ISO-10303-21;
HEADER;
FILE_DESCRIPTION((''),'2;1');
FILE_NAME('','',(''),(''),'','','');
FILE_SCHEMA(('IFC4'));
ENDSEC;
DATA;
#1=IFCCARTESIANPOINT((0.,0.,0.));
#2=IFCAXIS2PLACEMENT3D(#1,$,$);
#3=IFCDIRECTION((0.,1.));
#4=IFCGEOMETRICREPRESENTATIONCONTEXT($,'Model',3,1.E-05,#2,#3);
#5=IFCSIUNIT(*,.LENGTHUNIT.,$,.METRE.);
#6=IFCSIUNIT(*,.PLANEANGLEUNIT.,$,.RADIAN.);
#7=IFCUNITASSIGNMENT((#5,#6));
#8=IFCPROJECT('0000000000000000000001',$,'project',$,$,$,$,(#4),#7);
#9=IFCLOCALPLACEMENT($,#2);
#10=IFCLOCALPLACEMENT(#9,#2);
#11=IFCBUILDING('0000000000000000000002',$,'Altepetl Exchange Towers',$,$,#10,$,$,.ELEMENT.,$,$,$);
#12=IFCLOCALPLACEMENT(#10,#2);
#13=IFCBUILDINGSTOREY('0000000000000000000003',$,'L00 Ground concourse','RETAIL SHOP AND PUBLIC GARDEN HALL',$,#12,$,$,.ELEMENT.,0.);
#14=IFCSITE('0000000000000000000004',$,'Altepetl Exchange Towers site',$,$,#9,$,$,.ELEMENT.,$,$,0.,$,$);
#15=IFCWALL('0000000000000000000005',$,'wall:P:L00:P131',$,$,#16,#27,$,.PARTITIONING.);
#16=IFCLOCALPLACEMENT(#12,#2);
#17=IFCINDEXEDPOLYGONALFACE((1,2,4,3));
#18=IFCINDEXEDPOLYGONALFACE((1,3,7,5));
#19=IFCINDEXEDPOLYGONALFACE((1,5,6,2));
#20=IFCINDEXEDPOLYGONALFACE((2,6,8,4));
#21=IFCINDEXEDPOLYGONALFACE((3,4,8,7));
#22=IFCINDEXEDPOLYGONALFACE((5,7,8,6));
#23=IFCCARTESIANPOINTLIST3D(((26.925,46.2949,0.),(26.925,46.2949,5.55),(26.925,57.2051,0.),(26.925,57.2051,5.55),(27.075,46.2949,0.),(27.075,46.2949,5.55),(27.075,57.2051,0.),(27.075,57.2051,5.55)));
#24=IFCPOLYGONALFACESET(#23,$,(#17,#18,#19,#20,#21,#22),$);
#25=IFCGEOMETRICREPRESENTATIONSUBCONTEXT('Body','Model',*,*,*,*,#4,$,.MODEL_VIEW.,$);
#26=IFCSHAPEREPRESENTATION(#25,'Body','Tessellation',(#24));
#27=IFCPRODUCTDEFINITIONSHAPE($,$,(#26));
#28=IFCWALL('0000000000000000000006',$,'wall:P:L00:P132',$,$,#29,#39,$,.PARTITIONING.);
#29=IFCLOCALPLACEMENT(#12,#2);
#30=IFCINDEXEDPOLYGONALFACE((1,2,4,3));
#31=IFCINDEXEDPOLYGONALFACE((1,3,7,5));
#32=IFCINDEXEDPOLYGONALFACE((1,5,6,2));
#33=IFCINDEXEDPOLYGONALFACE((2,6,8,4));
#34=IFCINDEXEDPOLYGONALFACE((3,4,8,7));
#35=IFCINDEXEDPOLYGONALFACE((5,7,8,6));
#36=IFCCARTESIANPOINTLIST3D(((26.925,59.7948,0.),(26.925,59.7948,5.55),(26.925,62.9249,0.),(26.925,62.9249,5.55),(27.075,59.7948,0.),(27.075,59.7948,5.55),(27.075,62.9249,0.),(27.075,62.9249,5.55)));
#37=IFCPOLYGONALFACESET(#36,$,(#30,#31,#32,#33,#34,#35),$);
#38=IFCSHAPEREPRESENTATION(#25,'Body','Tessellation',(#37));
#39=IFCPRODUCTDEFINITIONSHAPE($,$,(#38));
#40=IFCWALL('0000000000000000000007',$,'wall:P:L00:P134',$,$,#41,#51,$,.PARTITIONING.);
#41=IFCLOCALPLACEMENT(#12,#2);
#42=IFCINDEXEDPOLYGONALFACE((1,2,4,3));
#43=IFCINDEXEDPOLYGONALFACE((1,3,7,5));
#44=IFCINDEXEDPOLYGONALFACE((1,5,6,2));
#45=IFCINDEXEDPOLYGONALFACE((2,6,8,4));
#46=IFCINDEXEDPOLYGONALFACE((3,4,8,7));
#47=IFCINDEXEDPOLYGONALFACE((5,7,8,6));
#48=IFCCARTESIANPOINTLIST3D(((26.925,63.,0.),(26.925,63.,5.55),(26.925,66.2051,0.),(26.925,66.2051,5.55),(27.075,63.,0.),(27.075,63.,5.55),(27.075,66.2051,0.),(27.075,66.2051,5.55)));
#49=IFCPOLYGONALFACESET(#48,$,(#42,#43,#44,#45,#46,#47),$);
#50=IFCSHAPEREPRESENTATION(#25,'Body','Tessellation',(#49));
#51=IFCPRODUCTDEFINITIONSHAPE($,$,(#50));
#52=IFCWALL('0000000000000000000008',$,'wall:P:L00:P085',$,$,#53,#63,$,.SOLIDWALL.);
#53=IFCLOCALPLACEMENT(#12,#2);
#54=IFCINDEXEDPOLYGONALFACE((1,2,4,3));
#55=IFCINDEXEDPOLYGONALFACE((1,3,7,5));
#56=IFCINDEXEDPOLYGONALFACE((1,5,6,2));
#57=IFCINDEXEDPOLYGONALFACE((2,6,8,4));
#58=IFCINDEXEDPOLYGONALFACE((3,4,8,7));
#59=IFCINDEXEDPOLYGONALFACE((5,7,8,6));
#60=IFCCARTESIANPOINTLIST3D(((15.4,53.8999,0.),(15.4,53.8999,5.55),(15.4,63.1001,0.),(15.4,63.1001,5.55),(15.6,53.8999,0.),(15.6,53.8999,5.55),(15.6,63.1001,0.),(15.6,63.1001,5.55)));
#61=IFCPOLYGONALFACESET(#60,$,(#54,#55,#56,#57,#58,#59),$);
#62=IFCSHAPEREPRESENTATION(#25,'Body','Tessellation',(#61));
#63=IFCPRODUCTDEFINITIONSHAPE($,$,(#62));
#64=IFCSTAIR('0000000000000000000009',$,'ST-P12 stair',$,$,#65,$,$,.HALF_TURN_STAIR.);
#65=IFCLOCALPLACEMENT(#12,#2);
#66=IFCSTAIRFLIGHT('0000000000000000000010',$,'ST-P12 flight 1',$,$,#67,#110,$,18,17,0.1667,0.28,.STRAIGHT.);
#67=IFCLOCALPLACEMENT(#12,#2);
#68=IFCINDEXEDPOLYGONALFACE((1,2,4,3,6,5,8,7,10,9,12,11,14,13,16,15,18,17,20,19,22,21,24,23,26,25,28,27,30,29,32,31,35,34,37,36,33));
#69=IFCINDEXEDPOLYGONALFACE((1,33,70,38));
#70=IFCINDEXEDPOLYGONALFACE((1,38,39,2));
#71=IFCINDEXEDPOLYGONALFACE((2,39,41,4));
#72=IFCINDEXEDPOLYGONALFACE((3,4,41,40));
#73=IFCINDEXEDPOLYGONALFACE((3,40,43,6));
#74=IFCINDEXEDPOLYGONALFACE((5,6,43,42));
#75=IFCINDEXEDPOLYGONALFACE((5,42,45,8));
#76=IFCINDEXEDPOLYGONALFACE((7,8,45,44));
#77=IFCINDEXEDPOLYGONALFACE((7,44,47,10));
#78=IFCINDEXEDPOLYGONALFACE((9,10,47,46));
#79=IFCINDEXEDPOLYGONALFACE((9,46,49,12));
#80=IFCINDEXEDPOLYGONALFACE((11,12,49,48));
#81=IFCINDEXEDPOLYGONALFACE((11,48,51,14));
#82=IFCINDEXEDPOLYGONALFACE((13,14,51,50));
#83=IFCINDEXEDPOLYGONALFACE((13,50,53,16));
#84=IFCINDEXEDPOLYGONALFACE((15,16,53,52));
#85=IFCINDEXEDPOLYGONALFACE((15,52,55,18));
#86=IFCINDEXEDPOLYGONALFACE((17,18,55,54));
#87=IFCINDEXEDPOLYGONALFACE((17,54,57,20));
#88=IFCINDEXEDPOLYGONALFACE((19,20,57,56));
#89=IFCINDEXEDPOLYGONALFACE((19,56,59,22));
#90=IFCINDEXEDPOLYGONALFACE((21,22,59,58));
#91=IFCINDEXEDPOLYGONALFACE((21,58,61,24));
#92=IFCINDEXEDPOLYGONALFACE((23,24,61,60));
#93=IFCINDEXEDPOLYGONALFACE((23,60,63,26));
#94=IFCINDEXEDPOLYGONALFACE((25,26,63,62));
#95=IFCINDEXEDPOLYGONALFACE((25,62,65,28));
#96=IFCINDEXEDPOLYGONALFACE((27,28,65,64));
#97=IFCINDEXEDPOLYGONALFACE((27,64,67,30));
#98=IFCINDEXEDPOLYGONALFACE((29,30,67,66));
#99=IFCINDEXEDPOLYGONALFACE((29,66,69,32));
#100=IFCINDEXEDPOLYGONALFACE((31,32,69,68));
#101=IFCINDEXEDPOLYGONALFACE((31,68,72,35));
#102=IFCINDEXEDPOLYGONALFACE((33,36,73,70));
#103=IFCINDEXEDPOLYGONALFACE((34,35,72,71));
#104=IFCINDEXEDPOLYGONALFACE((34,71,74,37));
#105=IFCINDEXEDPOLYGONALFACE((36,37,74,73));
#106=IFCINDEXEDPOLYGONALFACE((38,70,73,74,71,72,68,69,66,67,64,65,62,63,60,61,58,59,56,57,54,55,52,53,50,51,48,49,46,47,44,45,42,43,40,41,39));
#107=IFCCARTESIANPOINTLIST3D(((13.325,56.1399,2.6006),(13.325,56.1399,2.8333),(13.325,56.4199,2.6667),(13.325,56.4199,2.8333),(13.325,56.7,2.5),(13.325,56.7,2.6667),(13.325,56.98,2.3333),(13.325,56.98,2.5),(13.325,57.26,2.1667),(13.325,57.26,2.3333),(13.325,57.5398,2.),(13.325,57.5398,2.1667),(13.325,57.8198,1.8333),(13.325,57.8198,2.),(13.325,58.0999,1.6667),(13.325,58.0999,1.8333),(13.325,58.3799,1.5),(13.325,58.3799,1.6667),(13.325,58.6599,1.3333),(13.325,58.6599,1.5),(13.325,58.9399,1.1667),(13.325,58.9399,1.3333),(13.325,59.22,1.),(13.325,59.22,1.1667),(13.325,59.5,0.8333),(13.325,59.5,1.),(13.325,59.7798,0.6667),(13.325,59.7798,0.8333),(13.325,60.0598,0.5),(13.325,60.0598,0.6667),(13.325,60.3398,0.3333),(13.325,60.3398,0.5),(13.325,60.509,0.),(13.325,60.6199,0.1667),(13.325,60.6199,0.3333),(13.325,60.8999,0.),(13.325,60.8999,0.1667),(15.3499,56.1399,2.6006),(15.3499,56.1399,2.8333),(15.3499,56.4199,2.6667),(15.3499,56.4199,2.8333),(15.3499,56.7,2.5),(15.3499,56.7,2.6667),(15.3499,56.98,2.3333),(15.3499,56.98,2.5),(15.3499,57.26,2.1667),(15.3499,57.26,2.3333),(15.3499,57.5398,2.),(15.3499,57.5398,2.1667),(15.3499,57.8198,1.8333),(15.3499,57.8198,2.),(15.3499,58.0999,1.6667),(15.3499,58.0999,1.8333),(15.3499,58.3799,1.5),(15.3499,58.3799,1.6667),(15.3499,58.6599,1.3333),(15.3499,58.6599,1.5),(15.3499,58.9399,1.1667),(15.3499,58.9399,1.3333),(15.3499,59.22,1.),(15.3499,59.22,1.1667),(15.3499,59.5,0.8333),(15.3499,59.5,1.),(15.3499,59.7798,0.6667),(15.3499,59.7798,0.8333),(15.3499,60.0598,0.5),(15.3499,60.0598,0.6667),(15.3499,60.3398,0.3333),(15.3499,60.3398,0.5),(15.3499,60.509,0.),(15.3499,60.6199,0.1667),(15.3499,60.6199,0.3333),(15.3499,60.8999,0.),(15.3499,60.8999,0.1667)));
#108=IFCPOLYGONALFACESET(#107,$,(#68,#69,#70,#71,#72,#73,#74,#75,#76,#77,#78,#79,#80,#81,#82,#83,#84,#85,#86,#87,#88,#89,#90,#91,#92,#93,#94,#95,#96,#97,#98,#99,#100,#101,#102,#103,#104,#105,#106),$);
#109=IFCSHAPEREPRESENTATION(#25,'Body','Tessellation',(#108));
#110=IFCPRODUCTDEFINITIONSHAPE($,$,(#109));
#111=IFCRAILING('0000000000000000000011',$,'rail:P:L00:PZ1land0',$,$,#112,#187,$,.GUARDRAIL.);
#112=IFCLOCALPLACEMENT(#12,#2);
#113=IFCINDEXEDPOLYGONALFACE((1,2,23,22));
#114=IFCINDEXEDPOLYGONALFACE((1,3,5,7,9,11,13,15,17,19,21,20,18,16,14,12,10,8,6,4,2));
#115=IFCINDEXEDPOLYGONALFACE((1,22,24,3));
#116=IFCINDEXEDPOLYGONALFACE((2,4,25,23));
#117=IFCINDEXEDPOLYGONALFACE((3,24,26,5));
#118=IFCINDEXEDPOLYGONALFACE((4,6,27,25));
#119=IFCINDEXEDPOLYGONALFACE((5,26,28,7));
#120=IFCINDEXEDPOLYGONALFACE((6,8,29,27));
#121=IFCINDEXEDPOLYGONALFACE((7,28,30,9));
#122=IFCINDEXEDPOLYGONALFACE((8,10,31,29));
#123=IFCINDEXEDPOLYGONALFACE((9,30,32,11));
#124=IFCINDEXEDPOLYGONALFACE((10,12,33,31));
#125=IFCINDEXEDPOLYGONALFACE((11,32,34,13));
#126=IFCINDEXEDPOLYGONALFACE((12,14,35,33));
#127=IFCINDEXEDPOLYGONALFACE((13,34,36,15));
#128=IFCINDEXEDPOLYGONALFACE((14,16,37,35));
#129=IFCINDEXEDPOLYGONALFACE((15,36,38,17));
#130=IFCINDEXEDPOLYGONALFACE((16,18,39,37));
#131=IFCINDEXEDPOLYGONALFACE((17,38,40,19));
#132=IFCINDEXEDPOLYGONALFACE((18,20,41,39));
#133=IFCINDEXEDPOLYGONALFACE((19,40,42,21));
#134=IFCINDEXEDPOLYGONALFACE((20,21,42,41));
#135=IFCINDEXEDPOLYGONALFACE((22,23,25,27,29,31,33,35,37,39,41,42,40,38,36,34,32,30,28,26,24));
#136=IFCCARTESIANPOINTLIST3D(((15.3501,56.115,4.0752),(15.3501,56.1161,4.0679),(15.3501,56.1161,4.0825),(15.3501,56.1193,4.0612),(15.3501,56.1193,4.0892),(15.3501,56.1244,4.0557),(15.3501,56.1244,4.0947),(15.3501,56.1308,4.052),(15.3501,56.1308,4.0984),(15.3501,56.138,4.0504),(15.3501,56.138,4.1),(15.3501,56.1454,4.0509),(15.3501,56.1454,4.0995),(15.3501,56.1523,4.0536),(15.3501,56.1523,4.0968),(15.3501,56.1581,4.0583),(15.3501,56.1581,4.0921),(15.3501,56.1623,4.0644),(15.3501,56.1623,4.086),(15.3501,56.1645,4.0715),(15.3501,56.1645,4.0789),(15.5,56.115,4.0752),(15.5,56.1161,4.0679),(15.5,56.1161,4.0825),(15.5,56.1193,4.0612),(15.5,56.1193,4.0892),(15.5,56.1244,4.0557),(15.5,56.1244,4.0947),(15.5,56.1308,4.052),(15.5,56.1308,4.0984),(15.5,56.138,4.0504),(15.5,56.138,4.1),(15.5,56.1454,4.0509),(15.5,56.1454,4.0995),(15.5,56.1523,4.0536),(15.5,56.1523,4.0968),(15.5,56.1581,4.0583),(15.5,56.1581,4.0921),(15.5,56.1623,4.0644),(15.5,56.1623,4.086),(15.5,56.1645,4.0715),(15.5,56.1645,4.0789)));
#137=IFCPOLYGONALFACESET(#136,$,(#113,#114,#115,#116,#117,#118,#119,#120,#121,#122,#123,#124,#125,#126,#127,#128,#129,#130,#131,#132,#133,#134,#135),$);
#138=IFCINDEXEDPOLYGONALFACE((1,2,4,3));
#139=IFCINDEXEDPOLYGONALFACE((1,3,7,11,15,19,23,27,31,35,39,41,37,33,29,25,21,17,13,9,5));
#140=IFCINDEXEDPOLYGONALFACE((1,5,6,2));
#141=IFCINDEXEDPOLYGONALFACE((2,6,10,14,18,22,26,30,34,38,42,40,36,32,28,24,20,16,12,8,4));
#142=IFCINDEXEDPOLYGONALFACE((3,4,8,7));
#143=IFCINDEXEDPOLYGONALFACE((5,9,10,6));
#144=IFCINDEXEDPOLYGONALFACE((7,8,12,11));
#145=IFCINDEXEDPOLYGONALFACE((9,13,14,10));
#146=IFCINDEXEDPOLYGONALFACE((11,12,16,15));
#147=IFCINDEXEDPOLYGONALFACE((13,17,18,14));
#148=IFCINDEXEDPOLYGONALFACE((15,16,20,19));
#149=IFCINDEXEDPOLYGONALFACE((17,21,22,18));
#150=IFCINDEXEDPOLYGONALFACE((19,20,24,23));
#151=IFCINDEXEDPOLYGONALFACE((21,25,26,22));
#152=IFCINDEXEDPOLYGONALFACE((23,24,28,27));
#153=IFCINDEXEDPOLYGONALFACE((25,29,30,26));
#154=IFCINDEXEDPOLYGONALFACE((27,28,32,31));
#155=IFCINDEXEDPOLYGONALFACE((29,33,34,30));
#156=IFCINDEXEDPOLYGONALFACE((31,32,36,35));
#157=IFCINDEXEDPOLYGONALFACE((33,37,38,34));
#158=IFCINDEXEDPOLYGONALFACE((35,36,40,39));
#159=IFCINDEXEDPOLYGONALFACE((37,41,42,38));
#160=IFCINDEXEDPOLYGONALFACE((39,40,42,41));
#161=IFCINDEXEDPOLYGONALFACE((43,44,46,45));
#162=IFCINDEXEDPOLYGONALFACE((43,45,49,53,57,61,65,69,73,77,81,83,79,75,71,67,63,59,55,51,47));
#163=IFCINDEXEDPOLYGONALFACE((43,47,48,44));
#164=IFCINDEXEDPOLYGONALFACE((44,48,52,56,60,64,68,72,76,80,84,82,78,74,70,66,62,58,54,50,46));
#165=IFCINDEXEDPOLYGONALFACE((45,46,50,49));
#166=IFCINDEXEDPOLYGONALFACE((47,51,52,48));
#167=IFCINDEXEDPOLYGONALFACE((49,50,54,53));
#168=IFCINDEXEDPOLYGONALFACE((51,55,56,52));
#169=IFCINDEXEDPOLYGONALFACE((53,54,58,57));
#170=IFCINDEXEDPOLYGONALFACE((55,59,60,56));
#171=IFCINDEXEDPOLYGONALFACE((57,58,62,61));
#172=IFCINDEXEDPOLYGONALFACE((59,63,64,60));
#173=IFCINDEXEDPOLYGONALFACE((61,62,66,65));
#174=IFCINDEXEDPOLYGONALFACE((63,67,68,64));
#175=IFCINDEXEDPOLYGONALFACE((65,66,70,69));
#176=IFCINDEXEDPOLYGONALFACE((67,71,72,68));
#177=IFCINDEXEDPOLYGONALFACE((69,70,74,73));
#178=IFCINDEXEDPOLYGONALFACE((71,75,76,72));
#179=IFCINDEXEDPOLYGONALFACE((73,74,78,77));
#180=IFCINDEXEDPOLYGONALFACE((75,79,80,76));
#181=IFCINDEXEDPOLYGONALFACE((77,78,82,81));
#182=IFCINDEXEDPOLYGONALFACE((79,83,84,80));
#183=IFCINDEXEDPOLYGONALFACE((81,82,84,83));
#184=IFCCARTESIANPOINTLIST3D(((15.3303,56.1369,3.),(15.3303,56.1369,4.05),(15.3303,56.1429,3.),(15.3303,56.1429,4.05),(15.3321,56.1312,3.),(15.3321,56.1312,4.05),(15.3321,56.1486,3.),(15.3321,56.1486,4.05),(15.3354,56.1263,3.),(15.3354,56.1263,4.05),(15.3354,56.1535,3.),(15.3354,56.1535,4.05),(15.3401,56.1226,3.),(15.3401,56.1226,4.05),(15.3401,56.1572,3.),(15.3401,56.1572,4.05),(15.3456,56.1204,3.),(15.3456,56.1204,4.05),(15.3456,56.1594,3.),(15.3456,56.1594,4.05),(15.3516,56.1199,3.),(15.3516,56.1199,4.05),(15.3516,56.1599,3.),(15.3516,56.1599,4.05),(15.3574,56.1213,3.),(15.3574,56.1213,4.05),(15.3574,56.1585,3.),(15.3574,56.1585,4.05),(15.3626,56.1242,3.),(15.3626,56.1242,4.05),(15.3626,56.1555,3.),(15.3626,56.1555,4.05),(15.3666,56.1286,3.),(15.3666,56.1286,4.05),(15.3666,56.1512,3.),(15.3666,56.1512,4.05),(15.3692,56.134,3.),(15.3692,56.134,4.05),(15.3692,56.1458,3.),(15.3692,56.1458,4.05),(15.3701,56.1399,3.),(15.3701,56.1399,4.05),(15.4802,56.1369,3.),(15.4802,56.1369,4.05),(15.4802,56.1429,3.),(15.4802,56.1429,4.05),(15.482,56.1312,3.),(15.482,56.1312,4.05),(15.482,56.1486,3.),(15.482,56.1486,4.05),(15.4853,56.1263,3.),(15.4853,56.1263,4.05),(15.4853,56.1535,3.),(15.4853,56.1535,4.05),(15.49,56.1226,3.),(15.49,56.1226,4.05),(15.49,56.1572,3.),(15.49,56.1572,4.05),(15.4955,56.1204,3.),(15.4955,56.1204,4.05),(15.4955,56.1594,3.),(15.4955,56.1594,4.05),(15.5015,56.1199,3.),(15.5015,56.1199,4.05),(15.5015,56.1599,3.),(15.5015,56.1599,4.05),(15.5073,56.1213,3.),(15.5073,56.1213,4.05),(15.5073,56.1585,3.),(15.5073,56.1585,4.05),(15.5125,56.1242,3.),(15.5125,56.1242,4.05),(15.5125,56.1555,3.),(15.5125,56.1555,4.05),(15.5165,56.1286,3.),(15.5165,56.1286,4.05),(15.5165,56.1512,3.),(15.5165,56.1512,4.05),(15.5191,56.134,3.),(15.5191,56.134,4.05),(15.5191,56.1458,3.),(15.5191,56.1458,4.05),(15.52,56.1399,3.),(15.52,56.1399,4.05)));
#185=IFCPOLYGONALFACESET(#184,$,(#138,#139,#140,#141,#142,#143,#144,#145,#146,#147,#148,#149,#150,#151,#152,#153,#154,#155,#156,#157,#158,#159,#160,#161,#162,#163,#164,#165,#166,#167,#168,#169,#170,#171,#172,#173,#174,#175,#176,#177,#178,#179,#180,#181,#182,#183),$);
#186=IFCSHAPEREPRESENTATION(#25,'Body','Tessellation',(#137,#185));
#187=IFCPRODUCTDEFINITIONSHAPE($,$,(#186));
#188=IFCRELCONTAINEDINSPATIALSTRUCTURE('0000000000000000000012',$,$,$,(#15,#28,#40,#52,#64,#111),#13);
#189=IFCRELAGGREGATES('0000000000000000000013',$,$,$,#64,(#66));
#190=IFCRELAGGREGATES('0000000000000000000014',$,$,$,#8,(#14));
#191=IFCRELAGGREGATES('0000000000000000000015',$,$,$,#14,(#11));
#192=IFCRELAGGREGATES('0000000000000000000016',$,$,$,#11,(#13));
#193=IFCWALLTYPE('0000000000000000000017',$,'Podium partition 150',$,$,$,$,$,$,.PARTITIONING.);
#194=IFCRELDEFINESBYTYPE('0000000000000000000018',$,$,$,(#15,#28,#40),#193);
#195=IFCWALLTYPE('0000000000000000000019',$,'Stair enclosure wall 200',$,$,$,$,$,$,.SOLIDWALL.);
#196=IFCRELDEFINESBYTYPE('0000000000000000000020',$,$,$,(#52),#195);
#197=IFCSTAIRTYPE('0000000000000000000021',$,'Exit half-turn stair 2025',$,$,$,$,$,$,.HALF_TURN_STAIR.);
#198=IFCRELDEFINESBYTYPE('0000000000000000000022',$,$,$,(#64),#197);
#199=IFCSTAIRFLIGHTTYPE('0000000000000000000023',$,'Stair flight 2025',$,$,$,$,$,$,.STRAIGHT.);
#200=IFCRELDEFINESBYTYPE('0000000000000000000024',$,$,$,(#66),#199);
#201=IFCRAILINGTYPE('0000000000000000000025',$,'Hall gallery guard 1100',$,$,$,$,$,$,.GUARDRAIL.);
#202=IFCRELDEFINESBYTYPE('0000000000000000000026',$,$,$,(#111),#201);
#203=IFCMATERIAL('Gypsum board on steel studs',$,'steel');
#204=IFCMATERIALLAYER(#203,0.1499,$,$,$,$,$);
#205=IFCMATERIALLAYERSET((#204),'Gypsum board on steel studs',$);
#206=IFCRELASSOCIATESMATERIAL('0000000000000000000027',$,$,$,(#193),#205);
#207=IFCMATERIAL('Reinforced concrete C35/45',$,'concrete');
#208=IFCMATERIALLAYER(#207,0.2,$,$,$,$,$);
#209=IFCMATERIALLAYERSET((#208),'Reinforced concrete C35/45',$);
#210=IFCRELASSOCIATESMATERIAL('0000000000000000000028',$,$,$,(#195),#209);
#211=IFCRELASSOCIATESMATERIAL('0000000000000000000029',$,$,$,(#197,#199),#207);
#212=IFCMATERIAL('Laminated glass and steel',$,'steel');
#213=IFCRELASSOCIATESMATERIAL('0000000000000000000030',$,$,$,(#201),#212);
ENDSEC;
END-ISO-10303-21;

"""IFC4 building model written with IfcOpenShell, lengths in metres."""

from ifc_helpers import new_model, si_unit, direction, frame, frame_2d, origin, origin_2d, place, context, subcontext, project, spatial, polyline, rectangle, circle, outline, extrude, source, transform, mapped, material, layer, layer_set, type_object, element, aggregate, save


model = new_model("IFC4")

# Units and contexts
model_context = context("Model", 3, precision=1e-05, world=origin(), true_north=direction((0.0, 1.0)))
body_context = subcontext(model_context, "Body", "Model", "MODEL_VIEW")
ifc_project = project(units=[si_unit("LENGTHUNIT", "METRE"), si_unit("PLANEANGLEUNIT", "RADIAN")], contexts=[model_context])

# Site, building, storey
site_placement = place(None, origin())
site = spatial("IfcSite", under=ifc_project, at=site_placement, Name="Altepetl Exchange Towers site", CompositionType="ELEMENT", RefElevation=0.0)
building_placement = place(site_placement, origin())
building = spatial("IfcBuilding", under=site, at=building_placement, Name="Altepetl Exchange Towers", CompositionType="ELEMENT")
storey_placement = place(building_placement, origin())
storey = spatial("IfcBuildingStorey", under=building, at=storey_placement, Name="L00 Ground concourse", Description="RETAIL SHOP AND PUBLIC GARDEN HALL", CompositionType="ELEMENT", Elevation=0.0)

# Shared definitions
ifc_material_1 = material(Name="Reinforced concrete C35/45", Category="concrete")

# Shared definitions
ifc_material_2 = material(Name="Gypsum board on steel studs", Category="steel")
ifc_layer_1 = layer(ifc_material_2, 0.1499)
ifc_layer_set_1 = layer_set([ifc_layer_1], Name="Gypsum board on steel studs")
wall_type_1 = type_object("IfcWallType", Name="Podium partition 150", PredefinedType="PARTITIONING", material=ifc_layer_set_1)

# Walls
wall_1_placement = place(storey_placement, frame((27.0, 46.2949, 0.0), z_axis=(0.0, 0.0, 1.0), x_axis=(0.0, 1.0, 0.0)))
element("IfcWall", 1, at=wall_1_placement, inside=storey, type_object=wall_type_1, Name="wall:P:L00:P131", PredefinedType="PARTITIONING", context=body_context, shape_type="SweptSolid", body=[
    extrude(rectangle(XDim=10.9102, YDim=0.1499, at=frame_2d((5.4551, 0.0))), origin(), (0.0, 0.0, 1.0), 5.55),
])
wall_2_placement = place(storey_placement, frame((27.0, 59.7949, 0.0), z_axis=(0.0, 0.0, 1.0), x_axis=(0.0, 1.0, 0.0)))
element("IfcWall", 2, at=wall_2_placement, inside=storey, type_object=wall_type_1, Name="wall:P:L00:P132", PredefinedType="PARTITIONING", context=body_context, shape_type="SweptSolid", body=[
    extrude(rectangle(XDim=3.1301, YDim=0.1499, at=frame_2d((1.5649, 0.0))), origin(), (0.0, 0.0, 1.0), 5.55),
])
wall_3_placement = place(storey_placement, frame((27.0, 63.0, 0.0), z_axis=(0.0, 0.0, 1.0), x_axis=(0.0, 1.0, 0.0)))
element("IfcWall", 3, at=wall_3_placement, inside=storey, type_object=wall_type_1, Name="wall:P:L00:P134", PredefinedType="PARTITIONING", context=body_context, shape_type="SweptSolid", body=[
    extrude(rectangle(XDim=3.2051, YDim=0.1499, at=frame_2d((1.6025, 0.0))), origin(), (0.0, 0.0, 1.0), 5.55),
])
ifc_layer_2 = layer(ifc_material_1, 0.2)
ifc_layer_set_2 = layer_set([ifc_layer_2], Name="Reinforced concrete C35/45")
wall_type_2 = type_object("IfcWallType", Name="Stair enclosure wall 200", PredefinedType="SOLIDWALL", material=ifc_layer_set_2)
wall_4_placement = place(storey_placement, frame((15.5, 53.8999, 0.0), z_axis=(0.0, 0.0, 1.0), x_axis=(0.0, 1.0, 0.0)))
element("IfcWall", 4, at=wall_4_placement, inside=storey, type_object=wall_type_2, Name="wall:P:L00:P085", PredefinedType="SOLIDWALL", context=body_context, shape_type="SweptSolid", body=[
    extrude(rectangle(XDim=9.2002, YDim=0.2, at=frame_2d((4.6001, 0.0))), origin(), (0.0, 0.0, 1.0), 5.55),
])

# Stair, stair flight
stair_type = type_object("IfcStairType", Name="Exit half-turn stair 2025", PredefinedType="HALF_TURN_STAIR", material=ifc_material_1)
stair_placement = place(storey_placement, origin())
stair = element("IfcStair", 5, at=stair_placement, inside=storey, type_object=stair_type, Name="ST-P12 stair", PredefinedType="HALF_TURN_STAIR")
stair_flight_type = type_object("IfcStairFlightType", Name="Stair flight 2025", PredefinedType="STRAIGHT", material=ifc_material_1)
stair_flight_placement = place(storey_placement, frame((14.3374, 60.8999, 0.0), z_axis=(0.0, 0.0, 1.0), x_axis=(0.0, -1.0, 0.0)))
stair_flight = element("IfcStairFlight", 6, at=stair_flight_placement, type_object=stair_flight_type, Name="ST-P12 flight 1", NumberOfRisers=18, NumberOfTreads=17, PredefinedType="STRAIGHT", RiserHeight=0.1667, TreadLength=0.28, context=body_context, shape_type="SweptSolid", body=[
    extrude(outline(polyline([(0.0, 0.0), (0.0, 0.1667), (0.28, 0.1667), (0.28, 0.3333), (0.5601, 0.3333), (0.5601, 0.5), (0.8401, 0.5), (0.8401, 0.6667), (1.1201, 0.6667), (1.1201, 0.8333), (1.3999, 0.8333), (1.3999, 1.0), (1.6799, 1.0), (1.6799, 1.1667), (1.96, 1.1667), (1.96, 1.3333), (2.24, 1.3333), (2.24, 1.5), (2.52, 1.5), (2.52, 1.6667), (2.8, 1.6667), (2.8, 1.8333), (3.0801, 1.8333), (3.0801, 2.0), (3.3601, 2.0), (3.3601, 2.1667), (3.6399, 2.1667), (3.6399, 2.3333), (3.9199, 2.3333), (3.9199, 2.5), (4.2, 2.5), (4.2, 2.6667), (4.48, 2.6667), (4.48, 2.8333), (4.76, 2.8333), (4.76, 3.0), (4.76, 2.6006), (0.3909, 0.0), (0.0, 0.0)])), frame((0.0, 1.0125, 0.0), z_axis=(0.0, -1.0, 0.0), x_axis=(1.0, 0.0, 0.0)), (0.0, 0.0, 1.0), 2.0249),
])
aggregate(stair, [stair_flight])

# Railing
ifc_material_3 = material(Name="Laminated glass and steel", Category="steel")
railing_type_1 = type_object("IfcRailingType", Name="Hall gallery guard 1100", PredefinedType="GUARDRAIL", material=ifc_material_3)
shared_shape_1 = source(origin(), body_context, "Body", "SweptSolid", [
    extrude(circle(Radius=0.02, at=origin_2d()), origin(), (0.0, 0.0, 1.0), 1.05),
])
railing_1_placement = place(storey_placement, frame((15.5, 56.1399, 3.0)))
element("IfcRailing", 7, at=railing_1_placement, inside=storey, type_object=railing_type_1, Name="rail:P:L00:PZ1land0", PredefinedType="GUARDRAIL", context=body_context, shape_type="SweptSolid", body=[
    extrude(circle(Radius=0.0249, at=origin_2d()), frame((0.0, 0.0, 1.0752), z_axis=(-1.0, 0.0, 0.0), x_axis=(0.0, -1.0, 0.0)), (0.0, 0.0, 1.0), 0.1499),
    mapped(shared_shape_1, transform((0.0, 0.0, 0.0))),
    mapped(shared_shape_1, transform((-0.1499, 0.0, 0.0))),
])

save(model, "model.ifc")
